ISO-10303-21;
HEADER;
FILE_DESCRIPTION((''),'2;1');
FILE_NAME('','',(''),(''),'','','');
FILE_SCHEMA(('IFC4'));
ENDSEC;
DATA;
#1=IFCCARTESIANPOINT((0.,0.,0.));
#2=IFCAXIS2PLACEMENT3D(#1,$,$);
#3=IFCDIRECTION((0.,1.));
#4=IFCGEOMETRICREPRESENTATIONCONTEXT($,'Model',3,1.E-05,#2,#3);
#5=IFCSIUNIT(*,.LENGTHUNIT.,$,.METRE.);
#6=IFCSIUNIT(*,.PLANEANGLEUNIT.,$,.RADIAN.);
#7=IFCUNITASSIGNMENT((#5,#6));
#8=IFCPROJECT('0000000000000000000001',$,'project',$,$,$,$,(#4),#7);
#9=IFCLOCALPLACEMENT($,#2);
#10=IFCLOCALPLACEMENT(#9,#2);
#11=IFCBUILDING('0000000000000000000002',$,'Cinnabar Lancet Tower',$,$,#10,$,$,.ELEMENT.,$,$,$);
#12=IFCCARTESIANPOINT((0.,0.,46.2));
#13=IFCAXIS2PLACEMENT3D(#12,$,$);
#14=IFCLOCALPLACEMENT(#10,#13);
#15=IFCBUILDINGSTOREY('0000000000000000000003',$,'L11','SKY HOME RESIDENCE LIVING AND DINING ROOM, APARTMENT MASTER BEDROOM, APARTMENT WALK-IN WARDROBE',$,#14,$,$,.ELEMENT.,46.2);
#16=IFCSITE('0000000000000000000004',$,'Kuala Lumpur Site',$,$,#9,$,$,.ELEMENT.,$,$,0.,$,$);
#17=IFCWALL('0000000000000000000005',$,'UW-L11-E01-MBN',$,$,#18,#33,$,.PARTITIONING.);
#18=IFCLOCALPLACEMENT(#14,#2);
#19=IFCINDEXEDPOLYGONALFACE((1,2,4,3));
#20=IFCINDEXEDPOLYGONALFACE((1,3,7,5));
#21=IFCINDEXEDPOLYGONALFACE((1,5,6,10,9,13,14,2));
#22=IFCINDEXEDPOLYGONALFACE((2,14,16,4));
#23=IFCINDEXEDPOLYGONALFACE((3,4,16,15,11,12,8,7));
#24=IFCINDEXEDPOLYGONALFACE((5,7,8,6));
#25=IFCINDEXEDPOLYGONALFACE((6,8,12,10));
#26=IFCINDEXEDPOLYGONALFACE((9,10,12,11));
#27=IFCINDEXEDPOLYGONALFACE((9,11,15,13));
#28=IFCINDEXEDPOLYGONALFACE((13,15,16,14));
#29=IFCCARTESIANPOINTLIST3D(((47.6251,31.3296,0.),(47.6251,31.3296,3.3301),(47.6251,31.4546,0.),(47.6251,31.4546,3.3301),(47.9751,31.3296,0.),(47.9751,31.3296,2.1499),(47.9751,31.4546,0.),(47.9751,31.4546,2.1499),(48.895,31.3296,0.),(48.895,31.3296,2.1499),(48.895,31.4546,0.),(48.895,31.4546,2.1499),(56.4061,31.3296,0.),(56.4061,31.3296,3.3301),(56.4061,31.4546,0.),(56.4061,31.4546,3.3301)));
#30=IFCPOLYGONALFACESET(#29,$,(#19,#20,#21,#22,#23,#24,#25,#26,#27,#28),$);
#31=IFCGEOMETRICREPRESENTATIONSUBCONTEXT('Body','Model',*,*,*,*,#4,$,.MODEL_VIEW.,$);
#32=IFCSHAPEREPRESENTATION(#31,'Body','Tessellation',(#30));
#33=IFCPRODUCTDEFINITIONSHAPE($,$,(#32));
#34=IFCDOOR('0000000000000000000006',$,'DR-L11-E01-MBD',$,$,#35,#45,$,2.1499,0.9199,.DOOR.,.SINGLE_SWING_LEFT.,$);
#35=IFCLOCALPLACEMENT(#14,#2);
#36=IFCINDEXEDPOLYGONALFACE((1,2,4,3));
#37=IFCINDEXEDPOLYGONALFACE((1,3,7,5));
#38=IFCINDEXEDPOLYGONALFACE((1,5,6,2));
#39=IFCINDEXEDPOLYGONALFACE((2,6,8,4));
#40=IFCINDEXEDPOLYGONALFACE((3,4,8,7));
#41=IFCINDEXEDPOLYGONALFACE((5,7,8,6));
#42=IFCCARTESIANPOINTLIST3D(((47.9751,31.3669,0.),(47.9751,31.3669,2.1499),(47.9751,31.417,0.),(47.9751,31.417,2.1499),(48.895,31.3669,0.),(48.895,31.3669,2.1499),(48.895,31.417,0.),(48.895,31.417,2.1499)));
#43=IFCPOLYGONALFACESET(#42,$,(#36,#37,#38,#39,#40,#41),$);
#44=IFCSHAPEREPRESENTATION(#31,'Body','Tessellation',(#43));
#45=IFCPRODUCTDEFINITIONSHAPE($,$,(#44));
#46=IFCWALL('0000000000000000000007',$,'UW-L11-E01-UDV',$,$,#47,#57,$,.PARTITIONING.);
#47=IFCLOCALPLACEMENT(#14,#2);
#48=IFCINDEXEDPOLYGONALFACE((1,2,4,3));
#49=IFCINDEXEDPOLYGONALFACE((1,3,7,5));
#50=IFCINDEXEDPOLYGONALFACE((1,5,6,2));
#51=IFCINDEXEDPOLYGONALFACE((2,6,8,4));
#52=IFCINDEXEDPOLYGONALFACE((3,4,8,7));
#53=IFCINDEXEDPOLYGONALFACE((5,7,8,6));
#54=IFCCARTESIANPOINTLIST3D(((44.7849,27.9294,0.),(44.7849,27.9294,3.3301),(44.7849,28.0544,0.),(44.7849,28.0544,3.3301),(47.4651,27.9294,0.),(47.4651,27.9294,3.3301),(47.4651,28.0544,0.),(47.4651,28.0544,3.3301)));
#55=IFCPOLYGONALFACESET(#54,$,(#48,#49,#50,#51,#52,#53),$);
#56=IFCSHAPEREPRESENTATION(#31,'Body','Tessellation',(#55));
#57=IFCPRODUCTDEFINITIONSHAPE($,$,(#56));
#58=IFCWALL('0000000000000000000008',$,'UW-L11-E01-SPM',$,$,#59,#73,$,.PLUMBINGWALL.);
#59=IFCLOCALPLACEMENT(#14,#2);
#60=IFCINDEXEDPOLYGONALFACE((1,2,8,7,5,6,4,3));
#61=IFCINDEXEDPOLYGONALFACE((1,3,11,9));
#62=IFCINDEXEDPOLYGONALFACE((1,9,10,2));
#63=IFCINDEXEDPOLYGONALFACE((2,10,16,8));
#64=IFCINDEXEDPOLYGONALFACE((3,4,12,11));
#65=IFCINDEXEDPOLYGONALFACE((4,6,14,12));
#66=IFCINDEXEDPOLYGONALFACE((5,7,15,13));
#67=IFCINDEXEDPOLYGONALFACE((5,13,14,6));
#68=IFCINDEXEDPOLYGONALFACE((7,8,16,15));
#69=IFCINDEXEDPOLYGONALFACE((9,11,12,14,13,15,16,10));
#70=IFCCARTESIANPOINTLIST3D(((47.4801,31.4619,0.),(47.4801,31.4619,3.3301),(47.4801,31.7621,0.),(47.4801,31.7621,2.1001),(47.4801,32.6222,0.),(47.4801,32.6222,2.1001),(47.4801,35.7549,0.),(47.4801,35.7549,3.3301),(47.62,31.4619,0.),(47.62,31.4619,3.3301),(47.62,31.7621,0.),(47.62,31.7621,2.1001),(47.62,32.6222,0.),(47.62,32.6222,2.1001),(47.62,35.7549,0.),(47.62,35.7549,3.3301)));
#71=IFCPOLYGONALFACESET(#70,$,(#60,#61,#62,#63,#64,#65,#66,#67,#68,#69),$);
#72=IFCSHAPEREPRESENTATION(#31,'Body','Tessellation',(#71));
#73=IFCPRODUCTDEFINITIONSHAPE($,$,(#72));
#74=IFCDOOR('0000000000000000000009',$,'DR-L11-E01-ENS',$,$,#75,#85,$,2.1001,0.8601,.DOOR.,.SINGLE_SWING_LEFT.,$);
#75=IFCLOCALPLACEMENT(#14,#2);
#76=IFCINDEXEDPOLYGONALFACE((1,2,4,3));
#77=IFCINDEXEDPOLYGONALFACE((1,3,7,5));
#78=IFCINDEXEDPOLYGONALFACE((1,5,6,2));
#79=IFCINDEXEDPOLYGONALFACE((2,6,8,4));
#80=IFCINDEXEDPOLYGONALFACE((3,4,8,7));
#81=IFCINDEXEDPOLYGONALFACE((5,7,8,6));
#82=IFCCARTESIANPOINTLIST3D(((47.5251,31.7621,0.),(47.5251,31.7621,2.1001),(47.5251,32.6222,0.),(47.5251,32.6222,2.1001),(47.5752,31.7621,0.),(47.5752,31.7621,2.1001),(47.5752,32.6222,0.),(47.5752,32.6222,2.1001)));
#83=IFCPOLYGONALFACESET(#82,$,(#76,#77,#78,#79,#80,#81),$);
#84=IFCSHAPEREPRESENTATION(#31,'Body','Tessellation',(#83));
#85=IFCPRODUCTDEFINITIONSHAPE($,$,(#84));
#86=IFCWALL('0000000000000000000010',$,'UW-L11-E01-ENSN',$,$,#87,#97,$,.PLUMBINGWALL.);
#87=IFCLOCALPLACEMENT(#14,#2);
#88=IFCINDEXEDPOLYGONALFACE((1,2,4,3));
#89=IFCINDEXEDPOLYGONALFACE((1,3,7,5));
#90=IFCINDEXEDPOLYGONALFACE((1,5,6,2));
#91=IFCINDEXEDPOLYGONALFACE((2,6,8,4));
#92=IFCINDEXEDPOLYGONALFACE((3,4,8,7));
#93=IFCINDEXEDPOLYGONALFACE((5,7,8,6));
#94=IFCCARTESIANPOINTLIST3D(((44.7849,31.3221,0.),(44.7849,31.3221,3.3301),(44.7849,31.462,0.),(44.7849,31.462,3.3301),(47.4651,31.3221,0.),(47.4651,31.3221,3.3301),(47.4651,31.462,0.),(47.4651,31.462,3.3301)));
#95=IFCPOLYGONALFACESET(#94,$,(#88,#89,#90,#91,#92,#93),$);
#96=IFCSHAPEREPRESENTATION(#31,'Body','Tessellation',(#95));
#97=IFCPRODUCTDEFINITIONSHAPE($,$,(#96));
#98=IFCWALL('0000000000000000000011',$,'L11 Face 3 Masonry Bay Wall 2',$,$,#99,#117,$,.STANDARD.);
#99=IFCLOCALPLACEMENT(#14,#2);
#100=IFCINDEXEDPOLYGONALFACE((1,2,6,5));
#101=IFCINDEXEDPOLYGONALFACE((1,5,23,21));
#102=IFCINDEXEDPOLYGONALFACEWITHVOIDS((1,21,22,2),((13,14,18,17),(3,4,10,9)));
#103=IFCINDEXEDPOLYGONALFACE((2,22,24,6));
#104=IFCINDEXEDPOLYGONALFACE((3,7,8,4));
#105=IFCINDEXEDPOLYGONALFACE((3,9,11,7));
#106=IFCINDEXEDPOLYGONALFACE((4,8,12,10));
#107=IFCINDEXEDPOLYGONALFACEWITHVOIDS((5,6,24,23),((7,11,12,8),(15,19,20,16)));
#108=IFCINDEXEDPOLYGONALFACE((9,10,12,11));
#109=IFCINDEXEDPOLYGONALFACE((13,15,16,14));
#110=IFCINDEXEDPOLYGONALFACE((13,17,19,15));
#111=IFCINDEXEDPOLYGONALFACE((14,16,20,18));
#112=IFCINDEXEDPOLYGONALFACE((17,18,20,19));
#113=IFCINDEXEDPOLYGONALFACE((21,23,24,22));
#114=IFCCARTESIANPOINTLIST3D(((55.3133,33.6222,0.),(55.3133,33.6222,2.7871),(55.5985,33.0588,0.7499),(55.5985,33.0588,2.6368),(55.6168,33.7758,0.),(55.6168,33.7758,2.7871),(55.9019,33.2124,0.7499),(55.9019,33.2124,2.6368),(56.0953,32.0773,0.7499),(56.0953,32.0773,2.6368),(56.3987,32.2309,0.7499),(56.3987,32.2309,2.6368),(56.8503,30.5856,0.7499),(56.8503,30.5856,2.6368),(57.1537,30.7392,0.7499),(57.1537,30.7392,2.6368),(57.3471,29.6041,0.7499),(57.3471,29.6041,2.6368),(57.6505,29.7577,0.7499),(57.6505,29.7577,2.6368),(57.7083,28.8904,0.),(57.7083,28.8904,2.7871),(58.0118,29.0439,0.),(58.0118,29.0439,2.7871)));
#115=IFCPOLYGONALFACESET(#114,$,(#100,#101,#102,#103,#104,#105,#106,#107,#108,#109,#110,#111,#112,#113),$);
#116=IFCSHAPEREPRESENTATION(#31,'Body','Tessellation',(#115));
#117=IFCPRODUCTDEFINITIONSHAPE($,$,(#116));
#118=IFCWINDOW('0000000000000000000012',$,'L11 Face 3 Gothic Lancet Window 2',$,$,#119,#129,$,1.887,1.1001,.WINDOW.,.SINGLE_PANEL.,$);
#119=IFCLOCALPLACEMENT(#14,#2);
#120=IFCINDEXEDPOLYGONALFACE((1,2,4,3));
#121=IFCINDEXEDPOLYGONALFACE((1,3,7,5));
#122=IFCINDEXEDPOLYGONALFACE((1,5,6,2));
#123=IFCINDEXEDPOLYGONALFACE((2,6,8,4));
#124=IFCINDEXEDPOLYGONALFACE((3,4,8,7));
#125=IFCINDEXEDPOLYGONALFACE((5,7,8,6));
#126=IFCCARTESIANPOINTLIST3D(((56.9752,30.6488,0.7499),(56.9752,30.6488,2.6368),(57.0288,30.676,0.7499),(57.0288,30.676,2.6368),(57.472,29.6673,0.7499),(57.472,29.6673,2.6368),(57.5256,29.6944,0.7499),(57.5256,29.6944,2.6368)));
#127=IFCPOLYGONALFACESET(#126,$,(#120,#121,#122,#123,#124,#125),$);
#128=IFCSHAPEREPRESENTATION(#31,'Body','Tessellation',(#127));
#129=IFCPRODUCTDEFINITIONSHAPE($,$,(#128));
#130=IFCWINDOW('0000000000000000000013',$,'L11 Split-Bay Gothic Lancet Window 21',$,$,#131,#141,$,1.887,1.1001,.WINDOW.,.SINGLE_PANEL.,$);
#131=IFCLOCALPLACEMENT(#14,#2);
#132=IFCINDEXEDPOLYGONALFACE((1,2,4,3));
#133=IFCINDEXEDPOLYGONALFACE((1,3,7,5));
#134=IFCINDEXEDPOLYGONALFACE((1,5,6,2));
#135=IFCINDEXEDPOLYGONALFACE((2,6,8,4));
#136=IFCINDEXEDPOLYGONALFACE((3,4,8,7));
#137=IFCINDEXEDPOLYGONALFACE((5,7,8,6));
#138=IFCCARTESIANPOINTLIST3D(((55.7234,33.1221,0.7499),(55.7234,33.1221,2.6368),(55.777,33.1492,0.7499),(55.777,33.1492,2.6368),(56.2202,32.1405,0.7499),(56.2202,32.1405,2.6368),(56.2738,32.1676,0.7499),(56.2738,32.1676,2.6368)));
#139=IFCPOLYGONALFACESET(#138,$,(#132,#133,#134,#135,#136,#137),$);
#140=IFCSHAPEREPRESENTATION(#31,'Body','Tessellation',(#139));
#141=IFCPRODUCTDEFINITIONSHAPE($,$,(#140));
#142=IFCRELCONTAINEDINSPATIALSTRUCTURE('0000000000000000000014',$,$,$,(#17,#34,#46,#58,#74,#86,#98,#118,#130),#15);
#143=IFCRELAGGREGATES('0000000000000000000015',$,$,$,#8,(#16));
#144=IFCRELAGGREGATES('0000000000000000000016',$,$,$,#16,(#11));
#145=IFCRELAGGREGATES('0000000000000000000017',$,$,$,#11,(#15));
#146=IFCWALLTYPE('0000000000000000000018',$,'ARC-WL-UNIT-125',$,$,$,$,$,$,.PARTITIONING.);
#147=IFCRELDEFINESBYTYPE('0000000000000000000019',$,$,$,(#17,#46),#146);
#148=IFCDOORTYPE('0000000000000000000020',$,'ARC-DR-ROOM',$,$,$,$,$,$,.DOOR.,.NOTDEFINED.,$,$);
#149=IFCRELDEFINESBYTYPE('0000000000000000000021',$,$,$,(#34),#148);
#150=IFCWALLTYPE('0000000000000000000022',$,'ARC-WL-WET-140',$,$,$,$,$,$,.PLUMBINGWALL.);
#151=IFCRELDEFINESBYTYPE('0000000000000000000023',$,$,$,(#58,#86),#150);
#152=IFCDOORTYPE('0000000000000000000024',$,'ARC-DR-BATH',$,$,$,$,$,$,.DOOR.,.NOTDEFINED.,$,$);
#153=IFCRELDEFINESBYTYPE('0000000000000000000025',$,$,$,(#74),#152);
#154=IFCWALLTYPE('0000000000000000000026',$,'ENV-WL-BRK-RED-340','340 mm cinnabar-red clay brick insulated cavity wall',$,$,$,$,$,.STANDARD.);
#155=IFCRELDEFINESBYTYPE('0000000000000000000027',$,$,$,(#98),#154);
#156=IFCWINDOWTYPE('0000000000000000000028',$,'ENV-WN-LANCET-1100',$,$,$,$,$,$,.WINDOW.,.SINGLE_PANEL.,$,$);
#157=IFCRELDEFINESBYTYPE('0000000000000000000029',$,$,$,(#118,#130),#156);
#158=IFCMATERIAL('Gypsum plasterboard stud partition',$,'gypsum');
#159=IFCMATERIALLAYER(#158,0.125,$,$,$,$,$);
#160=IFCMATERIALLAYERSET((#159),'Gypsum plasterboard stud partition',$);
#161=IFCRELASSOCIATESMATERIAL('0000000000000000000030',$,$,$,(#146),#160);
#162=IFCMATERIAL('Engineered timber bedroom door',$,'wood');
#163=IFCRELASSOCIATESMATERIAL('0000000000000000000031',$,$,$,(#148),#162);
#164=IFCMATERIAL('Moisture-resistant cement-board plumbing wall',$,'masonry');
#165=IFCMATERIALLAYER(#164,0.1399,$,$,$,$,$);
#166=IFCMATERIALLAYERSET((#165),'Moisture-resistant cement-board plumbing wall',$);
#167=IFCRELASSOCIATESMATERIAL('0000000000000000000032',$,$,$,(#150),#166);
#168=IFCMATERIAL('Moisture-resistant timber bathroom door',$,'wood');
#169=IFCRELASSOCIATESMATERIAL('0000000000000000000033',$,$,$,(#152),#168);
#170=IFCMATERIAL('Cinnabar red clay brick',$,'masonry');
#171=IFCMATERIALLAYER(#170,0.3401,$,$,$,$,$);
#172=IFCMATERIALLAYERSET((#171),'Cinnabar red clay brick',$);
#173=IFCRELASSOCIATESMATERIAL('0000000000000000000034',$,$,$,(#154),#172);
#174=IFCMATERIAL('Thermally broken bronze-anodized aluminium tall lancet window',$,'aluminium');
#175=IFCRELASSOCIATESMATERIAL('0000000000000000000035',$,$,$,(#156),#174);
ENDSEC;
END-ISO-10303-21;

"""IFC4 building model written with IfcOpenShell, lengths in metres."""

from ifc_helpers import new_model, si_unit, direction, frame, frame_2d, origin, place, context, subcontext, project, spatial, rectangle, extrude, material, layer, layer_set, type_object, element, fill, save


model = new_model("IFC4")

# Units and contexts
model_context = context("Model", 3, precision=1e-05, world=origin(), true_north=direction((0.0, 1.0)))
body_context = subcontext(model_context, "Body", "Model", "MODEL_VIEW")
ifc_project = project(units=[si_unit("LENGTHUNIT", "METRE"), si_unit("PLANEANGLEUNIT", "RADIAN")], contexts=[model_context])

# Site, building, storey
site_placement = place(None, origin())
site = spatial("IfcSite", under=ifc_project, at=site_placement, Name="Kuala Lumpur Site", CompositionType="ELEMENT", RefElevation=0.0)
building_placement = place(site_placement, origin())
building = spatial("IfcBuilding", under=site, at=building_placement, Name="Cinnabar Lancet Tower", CompositionType="ELEMENT")
storey_placement = place(building_placement, frame((0.0, 0.0, 46.2)))
storey = spatial("IfcBuildingStorey", under=building, at=storey_placement, Name="L11", Description="SKY HOME RESIDENCE LIVING AND DINING ROOM, APARTMENT MASTER BEDROOM, APARTMENT WALK-IN WARDROBE", CompositionType="ELEMENT", Elevation=46.2)

# Wall, opening, door
ifc_material_1 = material(Name="Gypsum plasterboard stud partition", Category="gypsum")
ifc_layer_1 = layer(ifc_material_1, 0.125)
ifc_layer_set_1 = layer_set([ifc_layer_1], Name="Gypsum plasterboard stud partition")
wall_type_1 = type_object("IfcWallType", Name="ARC-WL-UNIT-125", PredefinedType="PARTITIONING", material=ifc_layer_set_1)
wall_1_placement = place(storey_placement, frame((47.625, 31.3921, 0.0), z_axis=(0.0, 0.0, 1.0), x_axis=(1.0, 0.0, 0.0)))
wall_1 = element("IfcWall", 1, at=wall_1_placement, inside=storey, type_object=wall_type_1, Name="UW-L11-E01-MBN", PredefinedType="PARTITIONING", context=body_context, shape_type="SweptSolid", body=[
    extrude(rectangle(XDim=8.781, YDim=0.125, at=frame_2d((4.3906, 0.0))), origin(), (0.0, 0.0, 1.0), 3.3301),
])
opening_1_placement = place(wall_1_placement, frame((0.3501, 0.0, 0.0)))
opening_1 = element("IfcOpeningElement", 2, at=opening_1_placement, cuts=wall_1, PredefinedType="OPENING", context=body_context, shape_type="SweptSolid", body=[
    extrude(rectangle(XDim=0.9199, YDim=2.1499, at=frame_2d((0.46, 1.075))), frame((0.0, 0.0725, 0.0), z_axis=(0.0, -1.0, 0.0), x_axis=(1.0, 0.0, 0.0)), (0.0, 0.0, 1.0), 0.145),
])
ifc_material_2 = material(Name="Engineered timber bedroom door", Category="wood")
door_type_1 = type_object("IfcDoorType", Name="ARC-DR-ROOM", OperationType="NOTDEFINED", PredefinedType="DOOR", material=ifc_material_2)
door_1_placement = place(opening_1_placement, origin())
door_1 = element("IfcDoor", 3, at=door_1_placement, inside=storey, type_object=door_type_1, Name="DR-L11-E01-MBD", OperationType="SINGLE_SWING_LEFT", OverallHeight=2.1499, OverallWidth=0.9199, PredefinedType="DOOR", context=body_context, shape_type="SweptSolid", body=[
    extrude(rectangle(XDim=0.9199, YDim=2.1499, at=frame_2d((0.46, 1.075))), frame((0.0, 0.0249, 0.0), z_axis=(0.0, -1.0, 0.0), x_axis=(1.0, 0.0, 0.0)), (0.0, 0.0, 1.0), 0.05),
])
fill(opening_1, door_1)

# Wall
wall_2_placement = place(storey_placement, frame((44.7849, 27.9919, 0.0), z_axis=(0.0, 0.0, 1.0), x_axis=(1.0, 0.0, 0.0)))
element("IfcWall", 4, at=wall_2_placement, inside=storey, type_object=wall_type_1, Name="UW-L11-E01-UDV", PredefinedType="PARTITIONING", context=body_context, shape_type="SweptSolid", body=[
    extrude(rectangle(XDim=2.6802, YDim=0.125, at=frame_2d((1.3401, 0.0))), origin(), (0.0, 0.0, 1.0), 3.3301),
])

# Wall, opening, door
ifc_material_3 = material(Name="Moisture-resistant cement-board plumbing wall", Category="masonry")
ifc_layer_2 = layer(ifc_material_3, 0.1399)
ifc_layer_set_2 = layer_set([ifc_layer_2], Name="Moisture-resistant cement-board plumbing wall")
wall_type_2 = type_object("IfcWallType", Name="ARC-WL-WET-140", PredefinedType="PLUMBINGWALL", material=ifc_layer_set_2)
wall_3_placement = place(storey_placement, frame((47.55, 31.4619, 0.0), z_axis=(0.0, 0.0, 1.0), x_axis=(0.0, 1.0, 0.0)))
wall_3 = element("IfcWall", 5, at=wall_3_placement, inside=storey, type_object=wall_type_2, Name="UW-L11-E01-SPM", PredefinedType="PLUMBINGWALL", context=body_context, shape_type="SweptSolid", body=[
    extrude(rectangle(XDim=4.293, YDim=0.1399, at=frame_2d((2.1465, 0.0))), origin(), (0.0, 0.0, 1.0), 3.3301),
])
opening_2_placement = place(wall_3_placement, frame((0.3, 0.0, 0.0)))
opening_2 = element("IfcOpeningElement", 6, at=opening_2_placement, cuts=wall_3, PredefinedType="OPENING", context=body_context, shape_type="SweptSolid", body=[
    extrude(rectangle(XDim=0.8601, YDim=2.1001, at=frame_2d((0.4302, 1.05))), frame((0.0, 0.0798, 0.0), z_axis=(0.0, -1.0, 0.0), x_axis=(1.0, 0.0, 0.0)), (0.0, 0.0, 1.0), 0.1599),
])
ifc_material_4 = material(Name="Moisture-resistant timber bathroom door", Category="wood")
door_type_2 = type_object("IfcDoorType", Name="ARC-DR-BATH", OperationType="NOTDEFINED", PredefinedType="DOOR", material=ifc_material_4)
door_2_placement = place(opening_2_placement, origin())
door_2 = element("IfcDoor", 7, at=door_2_placement, inside=storey, type_object=door_type_2, Name="DR-L11-E01-ENS", OperationType="SINGLE_SWING_LEFT", OverallHeight=2.1001, OverallWidth=0.8601, PredefinedType="DOOR", context=body_context, shape_type="SweptSolid", body=[
    extrude(rectangle(XDim=0.8601, YDim=2.1001, at=frame_2d((0.4302, 1.05))), frame((0.0, 0.0249, 0.0), z_axis=(0.0, -1.0, 0.0), x_axis=(1.0, 0.0, 0.0)), (0.0, 0.0, 1.0), 0.05),
])
fill(opening_2, door_2)

# Wall
wall_4_placement = place(storey_placement, frame((44.7849, 31.3921, 0.0), z_axis=(0.0, 0.0, 1.0), x_axis=(1.0, 0.0, 0.0)))
element("IfcWall", 8, at=wall_4_placement, inside=storey, type_object=wall_type_2, Name="UW-L11-E01-ENSN", PredefinedType="PLUMBINGWALL", context=body_context, shape_type="SweptSolid", body=[
    extrude(rectangle(XDim=2.6802, YDim=0.1399, at=frame_2d((1.3401, 0.0))), origin(), (0.0, 0.0, 1.0), 3.3301),
])

# Wall, openings, windows
ifc_material_5 = material(Name="Cinnabar red clay brick", Category="masonry")
ifc_layer_3 = layer(ifc_material_5, 0.3401)
ifc_layer_set_3 = layer_set([ifc_layer_3], Name="Cinnabar red clay brick")
wall_type_3 = type_object("IfcWallType", Name="ENV-WL-BRK-RED-340", Description="340 mm cinnabar-red clay brick insulated cavity wall", PredefinedType="STANDARD", material=ifc_layer_set_3)
wall_5_placement = place(storey_placement, frame((57.8601, 28.967, 0.0), z_axis=(0.0, 0.0, 1.0), x_axis=(-0.451591, 0.892225, 0.0)))
wall_5 = element("IfcWall", 9, at=wall_5_placement, inside=storey, type_object=wall_type_3, Name="L11 Face 3 Masonry Bay Wall 2", PredefinedType="STANDARD", context=body_context, shape_type="SweptSolid", body=[
    extrude(rectangle(XDim=5.3035, YDim=0.3401, at=frame_2d((2.6519, 0.0))), origin(), (0.0, 0.0, 1.0), 2.7871),
])
opening_3_placement = place(wall_5_placement, frame((0.8, 0.0, 0.75)))
opening_3 = element("IfcOpeningElement", 10, at=opening_3_placement, cuts=wall_5, PredefinedType="OPENING", context=body_context, shape_type="SweptSolid", body=[
    extrude(rectangle(XDim=1.1001, YDim=1.887, at=frame_2d((0.55, 0.9434))), frame((0.0, 0.1799, 0.0), z_axis=(0.0, -1.0, 0.0), x_axis=(1.0, 0.0, 0.0)), (0.0, 0.0, 1.0), 0.3601),
])
opening_4_placement = place(wall_5_placement, frame((3.572, 0.0, 0.75)))
opening_4 = element("IfcOpeningElement", 11, at=opening_4_placement, cuts=wall_5, PredefinedType="OPENING", context=body_context, shape_type="SweptSolid", body=[
    extrude(rectangle(XDim=1.1001, YDim=1.887, at=frame_2d((0.55, 0.9434))), frame((0.0, 0.1799, 0.0), z_axis=(0.0, -1.0, 0.0), x_axis=(1.0, 0.0, 0.0)), (0.0, 0.0, 1.0), 0.3601),
])
ifc_material_6 = material(Name="Thermally broken bronze-anodized aluminium tall lancet window", Category="aluminium")
window_type = type_object("IfcWindowType", Name="ENV-WN-LANCET-1100", PartitioningType="SINGLE_PANEL", PredefinedType="WINDOW", material=ifc_material_6)
window_1_placement = place(opening_3_placement, origin())
window_1 = element("IfcWindow", 12, at=window_1_placement, inside=storey, type_object=window_type, Name="L11 Face 3 Gothic Lancet Window 2", OverallHeight=1.887, OverallWidth=1.1001, PartitioningType="SINGLE_PANEL", PredefinedType="WINDOW", context=body_context, shape_type="SweptSolid", body=[
    extrude(rectangle(XDim=1.1001, YDim=1.887, at=frame_2d((0.55, 0.9434))), frame((0.0, 0.03, 0.0), z_axis=(0.0, -1.0, 0.0), x_axis=(1.0, 0.0, 0.0)), (0.0, 0.0, 1.0), 0.0601),
])
fill(opening_3, window_1)
window_2_placement = place(opening_4_placement, origin())
window_2 = element("IfcWindow", 13, at=window_2_placement, inside=storey, type_object=window_type, Name="L11 Split-Bay Gothic Lancet Window 21", OverallHeight=1.887, OverallWidth=1.1001, PartitioningType="SINGLE_PANEL", PredefinedType="WINDOW", context=body_context, shape_type="SweptSolid", body=[
    extrude(rectangle(XDim=1.1001, YDim=1.887, at=frame_2d((0.55, 0.9434))), frame((0.0, 0.03, 0.0), z_axis=(0.0, -1.0, 0.0), x_axis=(1.0, 0.0, 0.0)), (0.0, 0.0, 1.0), 0.0601),
])
fill(opening_4, window_2)

save(model, "model.ifc")
